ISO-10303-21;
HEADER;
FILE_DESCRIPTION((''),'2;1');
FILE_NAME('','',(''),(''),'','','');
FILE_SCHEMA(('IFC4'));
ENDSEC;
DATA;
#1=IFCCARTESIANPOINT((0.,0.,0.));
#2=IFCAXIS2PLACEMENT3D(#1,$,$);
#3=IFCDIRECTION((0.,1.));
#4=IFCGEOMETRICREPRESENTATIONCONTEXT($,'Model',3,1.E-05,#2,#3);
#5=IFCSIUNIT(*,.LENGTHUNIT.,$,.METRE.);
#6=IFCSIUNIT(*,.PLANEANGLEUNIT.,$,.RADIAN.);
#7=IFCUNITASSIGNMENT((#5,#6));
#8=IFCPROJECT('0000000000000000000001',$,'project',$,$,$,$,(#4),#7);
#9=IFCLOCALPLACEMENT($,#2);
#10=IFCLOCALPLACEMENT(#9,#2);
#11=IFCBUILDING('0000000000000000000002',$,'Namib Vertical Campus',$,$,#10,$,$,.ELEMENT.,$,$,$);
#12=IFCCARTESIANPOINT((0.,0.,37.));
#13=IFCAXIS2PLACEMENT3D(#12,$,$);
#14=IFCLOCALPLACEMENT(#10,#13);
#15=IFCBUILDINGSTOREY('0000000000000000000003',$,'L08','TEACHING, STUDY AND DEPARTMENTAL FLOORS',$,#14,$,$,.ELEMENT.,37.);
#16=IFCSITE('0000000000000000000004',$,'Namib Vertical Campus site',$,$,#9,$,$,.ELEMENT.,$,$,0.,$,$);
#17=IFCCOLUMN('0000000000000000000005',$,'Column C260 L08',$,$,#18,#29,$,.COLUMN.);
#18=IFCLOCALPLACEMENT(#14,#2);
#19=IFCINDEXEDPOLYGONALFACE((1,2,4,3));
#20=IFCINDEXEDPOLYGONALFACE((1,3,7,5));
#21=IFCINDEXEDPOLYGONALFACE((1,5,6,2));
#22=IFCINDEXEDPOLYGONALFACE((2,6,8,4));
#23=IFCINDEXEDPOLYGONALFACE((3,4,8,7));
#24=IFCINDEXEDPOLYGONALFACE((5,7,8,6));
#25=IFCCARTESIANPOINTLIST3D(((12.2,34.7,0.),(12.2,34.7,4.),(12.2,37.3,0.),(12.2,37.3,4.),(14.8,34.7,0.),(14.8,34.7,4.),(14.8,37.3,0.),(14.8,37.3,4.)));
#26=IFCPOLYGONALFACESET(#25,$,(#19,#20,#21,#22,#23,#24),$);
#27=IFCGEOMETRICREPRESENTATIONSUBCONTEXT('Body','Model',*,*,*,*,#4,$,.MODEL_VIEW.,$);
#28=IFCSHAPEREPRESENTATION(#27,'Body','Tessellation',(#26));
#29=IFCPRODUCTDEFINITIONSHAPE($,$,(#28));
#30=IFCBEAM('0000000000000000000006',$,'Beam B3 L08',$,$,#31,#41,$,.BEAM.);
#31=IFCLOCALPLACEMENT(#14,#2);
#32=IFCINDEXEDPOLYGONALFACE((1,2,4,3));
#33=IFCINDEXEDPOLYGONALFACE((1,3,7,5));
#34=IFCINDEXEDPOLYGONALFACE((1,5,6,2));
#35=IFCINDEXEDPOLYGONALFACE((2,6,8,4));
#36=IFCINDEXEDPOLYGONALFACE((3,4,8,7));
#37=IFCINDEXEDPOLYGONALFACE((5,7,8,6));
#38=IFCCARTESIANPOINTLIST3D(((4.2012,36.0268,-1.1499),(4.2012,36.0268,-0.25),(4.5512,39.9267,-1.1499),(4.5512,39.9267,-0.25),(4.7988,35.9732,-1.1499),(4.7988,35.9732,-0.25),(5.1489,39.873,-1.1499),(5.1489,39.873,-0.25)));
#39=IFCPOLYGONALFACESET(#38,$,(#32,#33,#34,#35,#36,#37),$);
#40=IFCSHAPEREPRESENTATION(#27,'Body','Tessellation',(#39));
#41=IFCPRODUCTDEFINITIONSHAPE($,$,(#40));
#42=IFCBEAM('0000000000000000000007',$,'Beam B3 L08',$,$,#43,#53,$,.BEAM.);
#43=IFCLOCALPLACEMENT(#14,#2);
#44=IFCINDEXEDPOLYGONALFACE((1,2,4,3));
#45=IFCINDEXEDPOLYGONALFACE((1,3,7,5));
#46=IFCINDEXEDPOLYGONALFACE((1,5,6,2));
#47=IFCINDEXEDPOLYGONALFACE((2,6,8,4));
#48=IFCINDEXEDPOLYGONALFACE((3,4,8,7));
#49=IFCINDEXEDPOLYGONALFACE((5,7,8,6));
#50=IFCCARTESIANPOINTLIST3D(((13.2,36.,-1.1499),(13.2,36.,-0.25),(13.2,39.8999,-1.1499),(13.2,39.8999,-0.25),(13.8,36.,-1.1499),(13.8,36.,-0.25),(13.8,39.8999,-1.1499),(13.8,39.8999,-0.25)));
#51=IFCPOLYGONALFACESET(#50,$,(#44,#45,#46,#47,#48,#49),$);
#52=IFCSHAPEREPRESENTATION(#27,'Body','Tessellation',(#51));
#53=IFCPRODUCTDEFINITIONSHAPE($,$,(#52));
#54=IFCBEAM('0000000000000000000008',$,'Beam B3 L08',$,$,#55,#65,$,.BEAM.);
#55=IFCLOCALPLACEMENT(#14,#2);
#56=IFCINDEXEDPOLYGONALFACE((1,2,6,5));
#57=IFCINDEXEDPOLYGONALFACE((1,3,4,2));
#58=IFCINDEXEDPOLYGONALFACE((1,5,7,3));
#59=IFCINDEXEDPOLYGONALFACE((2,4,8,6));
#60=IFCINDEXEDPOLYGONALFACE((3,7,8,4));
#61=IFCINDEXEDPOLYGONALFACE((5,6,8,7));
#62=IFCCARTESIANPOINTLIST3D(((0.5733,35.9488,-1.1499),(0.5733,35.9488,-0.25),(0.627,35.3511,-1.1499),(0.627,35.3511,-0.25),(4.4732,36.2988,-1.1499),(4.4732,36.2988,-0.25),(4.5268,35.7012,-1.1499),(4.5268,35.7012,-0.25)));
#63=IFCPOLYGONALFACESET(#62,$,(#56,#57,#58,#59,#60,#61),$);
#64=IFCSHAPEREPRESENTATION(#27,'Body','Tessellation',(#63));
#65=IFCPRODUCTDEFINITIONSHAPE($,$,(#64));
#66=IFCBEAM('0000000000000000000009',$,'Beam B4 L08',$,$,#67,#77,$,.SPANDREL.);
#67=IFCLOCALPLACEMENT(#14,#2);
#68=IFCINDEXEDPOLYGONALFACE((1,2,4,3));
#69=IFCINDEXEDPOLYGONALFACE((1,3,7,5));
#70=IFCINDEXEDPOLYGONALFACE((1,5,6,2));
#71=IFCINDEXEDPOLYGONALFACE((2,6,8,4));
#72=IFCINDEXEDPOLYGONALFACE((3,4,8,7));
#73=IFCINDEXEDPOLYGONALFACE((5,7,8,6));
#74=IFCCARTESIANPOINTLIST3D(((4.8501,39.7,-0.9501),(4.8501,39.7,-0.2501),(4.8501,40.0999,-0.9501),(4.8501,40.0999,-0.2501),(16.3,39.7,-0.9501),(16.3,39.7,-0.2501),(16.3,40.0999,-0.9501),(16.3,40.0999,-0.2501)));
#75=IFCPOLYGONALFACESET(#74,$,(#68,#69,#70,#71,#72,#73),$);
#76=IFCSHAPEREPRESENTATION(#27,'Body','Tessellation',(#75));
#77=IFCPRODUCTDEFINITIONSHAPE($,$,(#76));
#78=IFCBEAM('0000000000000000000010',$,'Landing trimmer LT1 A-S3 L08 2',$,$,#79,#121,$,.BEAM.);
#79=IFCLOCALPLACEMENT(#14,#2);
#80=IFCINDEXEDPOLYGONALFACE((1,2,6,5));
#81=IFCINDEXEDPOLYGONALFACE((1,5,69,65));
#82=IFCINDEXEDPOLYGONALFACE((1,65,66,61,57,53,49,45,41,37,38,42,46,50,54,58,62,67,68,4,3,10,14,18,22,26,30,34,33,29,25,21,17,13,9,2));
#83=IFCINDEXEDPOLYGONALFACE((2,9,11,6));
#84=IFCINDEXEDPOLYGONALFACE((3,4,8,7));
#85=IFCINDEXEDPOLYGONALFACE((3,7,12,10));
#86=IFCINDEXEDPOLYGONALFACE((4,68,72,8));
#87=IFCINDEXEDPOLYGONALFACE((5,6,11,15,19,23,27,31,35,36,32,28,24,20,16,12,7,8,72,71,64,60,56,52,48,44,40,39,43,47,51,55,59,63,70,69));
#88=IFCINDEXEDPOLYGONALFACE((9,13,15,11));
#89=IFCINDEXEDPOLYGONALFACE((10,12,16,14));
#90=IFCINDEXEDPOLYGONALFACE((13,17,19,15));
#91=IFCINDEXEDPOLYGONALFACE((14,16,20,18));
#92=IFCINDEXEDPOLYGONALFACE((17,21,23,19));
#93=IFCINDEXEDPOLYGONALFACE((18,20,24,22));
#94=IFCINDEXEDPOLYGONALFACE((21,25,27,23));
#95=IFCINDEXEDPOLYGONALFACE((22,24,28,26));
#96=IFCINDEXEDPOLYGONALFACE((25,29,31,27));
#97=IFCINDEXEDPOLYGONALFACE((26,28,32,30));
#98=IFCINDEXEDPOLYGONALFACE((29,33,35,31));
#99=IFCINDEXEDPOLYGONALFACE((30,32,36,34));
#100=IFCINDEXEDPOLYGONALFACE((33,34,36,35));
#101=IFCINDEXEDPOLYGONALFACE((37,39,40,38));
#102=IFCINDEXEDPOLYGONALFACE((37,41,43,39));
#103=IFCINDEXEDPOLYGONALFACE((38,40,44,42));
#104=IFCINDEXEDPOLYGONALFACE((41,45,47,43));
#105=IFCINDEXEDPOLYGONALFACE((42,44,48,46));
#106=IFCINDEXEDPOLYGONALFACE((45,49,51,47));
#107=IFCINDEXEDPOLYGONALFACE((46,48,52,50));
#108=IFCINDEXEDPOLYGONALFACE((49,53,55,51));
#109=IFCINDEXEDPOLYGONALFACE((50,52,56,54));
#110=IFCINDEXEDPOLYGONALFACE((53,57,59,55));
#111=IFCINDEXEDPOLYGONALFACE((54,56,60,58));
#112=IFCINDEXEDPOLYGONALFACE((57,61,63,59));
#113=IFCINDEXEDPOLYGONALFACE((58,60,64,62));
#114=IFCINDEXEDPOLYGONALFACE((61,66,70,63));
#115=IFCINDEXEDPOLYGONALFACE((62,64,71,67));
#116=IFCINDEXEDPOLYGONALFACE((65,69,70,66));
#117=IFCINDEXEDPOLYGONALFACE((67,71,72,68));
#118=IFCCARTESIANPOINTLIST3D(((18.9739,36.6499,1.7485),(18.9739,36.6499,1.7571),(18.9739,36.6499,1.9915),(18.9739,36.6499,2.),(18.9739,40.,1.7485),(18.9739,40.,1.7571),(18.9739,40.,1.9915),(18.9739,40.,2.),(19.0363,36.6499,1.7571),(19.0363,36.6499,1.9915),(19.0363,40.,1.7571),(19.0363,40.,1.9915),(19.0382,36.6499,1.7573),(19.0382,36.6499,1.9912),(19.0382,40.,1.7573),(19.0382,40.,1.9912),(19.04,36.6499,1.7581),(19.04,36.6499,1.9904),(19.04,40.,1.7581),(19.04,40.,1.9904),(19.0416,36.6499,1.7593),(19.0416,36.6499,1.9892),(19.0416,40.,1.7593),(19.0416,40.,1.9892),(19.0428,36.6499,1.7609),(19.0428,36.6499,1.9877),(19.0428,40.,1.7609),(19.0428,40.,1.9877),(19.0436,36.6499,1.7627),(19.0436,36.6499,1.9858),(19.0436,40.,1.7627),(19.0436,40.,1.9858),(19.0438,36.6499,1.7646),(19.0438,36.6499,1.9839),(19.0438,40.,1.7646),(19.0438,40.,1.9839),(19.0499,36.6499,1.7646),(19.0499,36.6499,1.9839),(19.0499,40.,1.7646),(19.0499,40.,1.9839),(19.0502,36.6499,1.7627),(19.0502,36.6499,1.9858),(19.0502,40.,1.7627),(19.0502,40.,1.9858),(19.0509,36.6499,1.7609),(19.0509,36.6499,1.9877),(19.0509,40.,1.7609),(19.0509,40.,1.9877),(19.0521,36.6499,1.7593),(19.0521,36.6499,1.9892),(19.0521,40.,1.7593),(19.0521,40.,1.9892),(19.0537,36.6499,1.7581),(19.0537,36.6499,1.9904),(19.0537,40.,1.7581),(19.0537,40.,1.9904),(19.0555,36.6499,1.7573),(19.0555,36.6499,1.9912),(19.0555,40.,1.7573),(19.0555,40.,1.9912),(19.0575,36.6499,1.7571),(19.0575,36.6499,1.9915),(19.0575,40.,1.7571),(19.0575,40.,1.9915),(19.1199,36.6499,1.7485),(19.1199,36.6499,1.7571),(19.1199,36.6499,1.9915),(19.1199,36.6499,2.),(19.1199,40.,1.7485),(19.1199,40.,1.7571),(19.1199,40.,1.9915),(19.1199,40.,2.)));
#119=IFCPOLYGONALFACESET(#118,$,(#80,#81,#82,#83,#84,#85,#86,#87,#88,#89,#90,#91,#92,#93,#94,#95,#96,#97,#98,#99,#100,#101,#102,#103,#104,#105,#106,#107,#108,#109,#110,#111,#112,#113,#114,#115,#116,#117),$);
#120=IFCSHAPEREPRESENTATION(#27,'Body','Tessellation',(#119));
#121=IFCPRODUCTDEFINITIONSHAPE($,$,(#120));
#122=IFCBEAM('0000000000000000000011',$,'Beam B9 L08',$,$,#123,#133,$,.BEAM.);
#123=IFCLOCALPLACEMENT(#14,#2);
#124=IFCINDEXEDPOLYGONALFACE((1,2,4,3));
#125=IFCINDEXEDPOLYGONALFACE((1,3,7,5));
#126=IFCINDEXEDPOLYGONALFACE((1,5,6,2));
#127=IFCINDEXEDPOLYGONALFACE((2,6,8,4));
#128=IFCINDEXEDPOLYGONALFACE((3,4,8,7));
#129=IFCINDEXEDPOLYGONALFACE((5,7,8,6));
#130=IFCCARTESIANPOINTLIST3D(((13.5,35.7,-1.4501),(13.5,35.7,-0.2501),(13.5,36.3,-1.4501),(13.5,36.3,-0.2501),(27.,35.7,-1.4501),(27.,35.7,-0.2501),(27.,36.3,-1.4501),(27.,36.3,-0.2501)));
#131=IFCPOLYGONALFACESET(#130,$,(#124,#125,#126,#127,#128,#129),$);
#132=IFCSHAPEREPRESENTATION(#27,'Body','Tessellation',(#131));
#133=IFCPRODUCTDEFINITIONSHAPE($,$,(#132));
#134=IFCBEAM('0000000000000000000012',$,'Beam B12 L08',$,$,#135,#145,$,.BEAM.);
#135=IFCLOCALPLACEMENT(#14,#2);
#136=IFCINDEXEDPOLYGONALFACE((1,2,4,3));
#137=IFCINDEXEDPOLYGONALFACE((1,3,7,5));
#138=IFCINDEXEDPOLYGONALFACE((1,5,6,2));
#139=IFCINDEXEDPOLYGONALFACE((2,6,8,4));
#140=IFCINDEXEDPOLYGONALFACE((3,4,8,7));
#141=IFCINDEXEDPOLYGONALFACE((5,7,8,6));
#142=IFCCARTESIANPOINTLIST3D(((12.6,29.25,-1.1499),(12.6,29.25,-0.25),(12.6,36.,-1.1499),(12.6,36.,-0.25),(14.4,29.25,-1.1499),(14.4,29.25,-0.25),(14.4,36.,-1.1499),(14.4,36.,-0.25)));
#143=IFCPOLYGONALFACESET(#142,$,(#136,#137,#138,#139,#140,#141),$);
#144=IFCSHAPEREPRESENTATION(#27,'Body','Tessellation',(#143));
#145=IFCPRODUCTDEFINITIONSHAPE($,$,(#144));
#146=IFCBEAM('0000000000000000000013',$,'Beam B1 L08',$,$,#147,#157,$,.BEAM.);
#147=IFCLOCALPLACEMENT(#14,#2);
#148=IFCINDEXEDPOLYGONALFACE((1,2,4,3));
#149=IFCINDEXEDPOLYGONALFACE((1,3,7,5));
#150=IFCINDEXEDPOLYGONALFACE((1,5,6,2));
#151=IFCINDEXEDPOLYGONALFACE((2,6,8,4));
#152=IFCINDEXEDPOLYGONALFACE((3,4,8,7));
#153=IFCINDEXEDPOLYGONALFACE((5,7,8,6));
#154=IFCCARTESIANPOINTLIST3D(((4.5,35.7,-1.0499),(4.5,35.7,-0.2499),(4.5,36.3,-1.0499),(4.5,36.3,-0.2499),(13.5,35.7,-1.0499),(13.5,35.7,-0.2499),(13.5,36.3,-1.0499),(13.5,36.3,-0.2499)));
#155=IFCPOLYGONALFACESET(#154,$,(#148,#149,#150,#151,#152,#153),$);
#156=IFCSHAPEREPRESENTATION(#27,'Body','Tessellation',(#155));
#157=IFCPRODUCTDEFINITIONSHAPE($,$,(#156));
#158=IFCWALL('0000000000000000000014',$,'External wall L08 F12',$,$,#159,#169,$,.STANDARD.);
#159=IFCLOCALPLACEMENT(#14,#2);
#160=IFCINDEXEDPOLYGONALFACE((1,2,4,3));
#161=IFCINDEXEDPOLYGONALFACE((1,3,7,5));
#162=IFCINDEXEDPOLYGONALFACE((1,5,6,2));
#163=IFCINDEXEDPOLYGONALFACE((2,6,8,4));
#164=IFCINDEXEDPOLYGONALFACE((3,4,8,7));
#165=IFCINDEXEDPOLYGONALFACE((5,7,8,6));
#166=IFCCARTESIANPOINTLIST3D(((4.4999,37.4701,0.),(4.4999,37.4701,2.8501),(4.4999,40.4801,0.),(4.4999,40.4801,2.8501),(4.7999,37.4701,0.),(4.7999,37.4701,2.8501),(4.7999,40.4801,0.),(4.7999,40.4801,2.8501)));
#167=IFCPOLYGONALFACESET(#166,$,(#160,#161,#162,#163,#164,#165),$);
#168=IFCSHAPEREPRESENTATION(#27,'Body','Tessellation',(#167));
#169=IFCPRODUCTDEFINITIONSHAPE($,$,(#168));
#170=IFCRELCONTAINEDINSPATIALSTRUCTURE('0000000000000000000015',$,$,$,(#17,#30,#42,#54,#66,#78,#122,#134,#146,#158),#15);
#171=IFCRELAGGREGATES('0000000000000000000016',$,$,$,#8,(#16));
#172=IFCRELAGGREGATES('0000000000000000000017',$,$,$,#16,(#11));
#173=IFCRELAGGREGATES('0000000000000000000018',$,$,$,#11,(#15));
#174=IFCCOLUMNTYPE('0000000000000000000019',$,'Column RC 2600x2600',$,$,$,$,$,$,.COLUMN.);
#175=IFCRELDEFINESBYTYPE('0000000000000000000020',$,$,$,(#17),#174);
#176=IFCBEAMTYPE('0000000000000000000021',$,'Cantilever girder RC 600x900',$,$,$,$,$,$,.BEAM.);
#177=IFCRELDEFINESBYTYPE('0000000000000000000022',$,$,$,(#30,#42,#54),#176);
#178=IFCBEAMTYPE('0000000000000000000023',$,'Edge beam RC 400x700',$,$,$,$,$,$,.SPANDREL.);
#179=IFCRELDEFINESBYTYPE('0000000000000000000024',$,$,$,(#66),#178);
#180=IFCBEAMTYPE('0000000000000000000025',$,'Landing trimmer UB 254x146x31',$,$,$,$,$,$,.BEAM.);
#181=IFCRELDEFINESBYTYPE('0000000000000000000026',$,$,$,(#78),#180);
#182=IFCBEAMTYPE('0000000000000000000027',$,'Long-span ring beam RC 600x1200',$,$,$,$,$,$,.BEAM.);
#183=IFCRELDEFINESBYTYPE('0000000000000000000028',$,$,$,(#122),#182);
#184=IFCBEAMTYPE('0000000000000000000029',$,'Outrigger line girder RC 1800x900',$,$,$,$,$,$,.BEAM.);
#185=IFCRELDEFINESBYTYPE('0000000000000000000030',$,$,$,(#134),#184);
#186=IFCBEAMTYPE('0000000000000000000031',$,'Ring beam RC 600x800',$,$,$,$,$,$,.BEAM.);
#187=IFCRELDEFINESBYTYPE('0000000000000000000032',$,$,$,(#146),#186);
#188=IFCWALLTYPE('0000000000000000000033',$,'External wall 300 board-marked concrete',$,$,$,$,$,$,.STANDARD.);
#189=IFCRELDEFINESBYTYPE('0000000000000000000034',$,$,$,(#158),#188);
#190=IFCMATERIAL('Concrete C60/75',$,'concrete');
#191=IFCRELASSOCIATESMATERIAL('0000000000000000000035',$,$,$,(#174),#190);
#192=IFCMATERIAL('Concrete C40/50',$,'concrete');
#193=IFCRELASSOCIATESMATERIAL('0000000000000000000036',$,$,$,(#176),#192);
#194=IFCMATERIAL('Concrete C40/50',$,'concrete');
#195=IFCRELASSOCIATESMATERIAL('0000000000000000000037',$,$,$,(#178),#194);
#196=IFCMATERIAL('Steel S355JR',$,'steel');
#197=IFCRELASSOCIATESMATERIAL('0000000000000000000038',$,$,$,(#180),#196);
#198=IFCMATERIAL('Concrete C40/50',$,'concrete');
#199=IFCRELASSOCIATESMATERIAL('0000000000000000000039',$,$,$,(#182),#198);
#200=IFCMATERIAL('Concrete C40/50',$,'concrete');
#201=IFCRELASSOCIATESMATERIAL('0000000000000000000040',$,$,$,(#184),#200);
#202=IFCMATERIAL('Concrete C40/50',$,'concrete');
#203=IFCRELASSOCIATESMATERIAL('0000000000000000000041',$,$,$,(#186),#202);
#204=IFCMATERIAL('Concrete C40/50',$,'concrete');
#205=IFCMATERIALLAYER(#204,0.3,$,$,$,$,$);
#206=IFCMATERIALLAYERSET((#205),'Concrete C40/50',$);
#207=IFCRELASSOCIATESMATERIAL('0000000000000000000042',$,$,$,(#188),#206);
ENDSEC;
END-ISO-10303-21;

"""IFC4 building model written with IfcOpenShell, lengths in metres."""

from ifc_helpers import new_model, si_unit, direction, frame, frame_2d, origin, origin_2d, place, context, subcontext, project, spatial, rectangle, i_section, extrude, material, layer, layer_set, material_profile, profile_set, type_object, element, save


model = new_model("IFC4")

# Units and contexts
model_context = context("Model", 3, precision=1e-05, world=origin(), true_north=direction((0.0, 1.0)))
body_context = subcontext(model_context, "Body", "Model", "MODEL_VIEW")
ifc_project = project(units=[si_unit("LENGTHUNIT", "METRE"), si_unit("PLANEANGLEUNIT", "RADIAN")], contexts=[model_context])

# Site, building, storey
site_placement = place(None, origin())
site = spatial("IfcSite", under=ifc_project, at=site_placement, Name="Namib Vertical Campus site", CompositionType="ELEMENT", RefElevation=0.0)
building_placement = place(site_placement, origin())
building = spatial("IfcBuilding", under=site, at=building_placement, Name="Namib Vertical Campus", CompositionType="ELEMENT")
storey_placement = place(building_placement, frame((0.0, 0.0, 37.0)))
storey = spatial("IfcBuildingStorey", under=building, at=storey_placement, Name="L08", Description="TEACHING, STUDY AND DEPARTMENTAL FLOORS", CompositionType="ELEMENT", Elevation=37.0)

# Column
ifc_material_1 = material(Name="Concrete C60/75", Category="concrete")
ifc_material_profile_1 = material_profile(ifc_material_1, rectangle(XDim=2.6001, YDim=2.6001, at=origin_2d()))
ifc_profile_set_1 = profile_set([ifc_material_profile_1], Name="Concrete C60/75")
column_type = type_object("IfcColumnType", Name="Column RC 2600x2600", PredefinedType="COLUMN", material=ifc_profile_set_1)
column_placement = place(storey_placement, frame((13.5, 36.0, 0.0), z_axis=(0.0, 0.0, 1.0), x_axis=(1.0, 0.0, 0.0)))
element("IfcColumn", 1, at=column_placement, inside=storey, type_object=column_type, Name="Column C260 L08", PredefinedType="COLUMN", context=body_context, shape_type="SweptSolid", body=[
    extrude(rectangle(XDim=2.6001, YDim=2.6001, at=origin_2d()), origin(), (0.0, 0.0, 1.0), 4.0),
])

# Beams
ifc_material_2 = material(Name="Concrete C40/50", Category="concrete")
ifc_material_profile_2 = material_profile(ifc_material_2, rectangle(XDim=0.6001, YDim=0.8999, at=origin_2d()))
ifc_profile_set_2 = profile_set([ifc_material_profile_2], Name="Concrete C40/50")
beam_type_1 = type_object("IfcBeamType", Name="Cantilever girder RC 600x900", PredefinedType="BEAM", material=ifc_profile_set_2)
beam_1_placement = place(storey_placement, frame((4.5, 36.0, -0.7), z_axis=(0.089411, 0.995995, 0.0), x_axis=(-0.995995, 0.089411, 0.0)))
element("IfcBeam", 2, at=beam_1_placement, inside=storey, type_object=beam_type_1, Name="Beam B3 L08", PredefinedType="BEAM", context=body_context, shape_type="SweptSolid", body=[
    extrude(rectangle(XDim=0.6001, YDim=0.8999, at=origin_2d()), origin(), (0.0, 0.0, 1.0), 3.9155),
])
beam_2_placement = place(storey_placement, frame((13.5, 36.0, -0.7), z_axis=(0.0, 1.0, 0.0), x_axis=(-1.0, 0.0, 0.0)))
element("IfcBeam", 3, at=beam_2_placement, inside=storey, type_object=beam_type_1, Name="Beam B3 L08", PredefinedType="BEAM", context=body_context, shape_type="SweptSolid", body=[
    extrude(rectangle(XDim=0.6001, YDim=0.8999, at=origin_2d()), origin(), (0.0, 0.0, 1.0), 3.8999),
])
beam_3_placement = place(storey_placement, frame((4.5, 36.0, -0.7), z_axis=(-0.995995, -0.089411, 0.0), x_axis=(0.089411, -0.995995, 0.0)))
element("IfcBeam", 4, at=beam_3_placement, inside=storey, type_object=beam_type_1, Name="Beam B3 L08", PredefinedType="BEAM", context=body_context, shape_type="SweptSolid", body=[
    extrude(rectangle(XDim=0.6001, YDim=0.8999, at=origin_2d()), origin(), (0.0, 0.0, 1.0), 3.9155),
])
ifc_material_3 = material(Name="Concrete C40/50", Category="concrete")
ifc_material_profile_3 = material_profile(ifc_material_3, rectangle(XDim=0.3999, YDim=0.7, at=origin_2d()))
ifc_profile_set_3 = profile_set([ifc_material_profile_3], Name="Concrete C40/50")
beam_type_2 = type_object("IfcBeamType", Name="Edge beam RC 400x700", PredefinedType="SPANDREL", material=ifc_profile_set_3)
beam_4_placement = place(storey_placement, frame((4.8501, 39.8999, -0.6001), z_axis=(1.0, 0.0, 0.0), x_axis=(0.0, 1.0, 0.0)))
element("IfcBeam", 5, at=beam_4_placement, inside=storey, type_object=beam_type_2, Name="Beam B4 L08", PredefinedType="SPANDREL", context=body_context, shape_type="SweptSolid", body=[
    extrude(rectangle(XDim=0.3999, YDim=0.7, at=origin_2d()), origin(), (0.0, 0.0, 1.0), 11.45),
])
ifc_material_4 = material(Name="Steel S355JR", Category="steel")
ifc_material_profile_4 = material_profile(ifc_material_4, i_section(OverallWidth=0.146, OverallDepth=0.2515, WebThickness=0.0061, FlangeThickness=0.0085, FilletRadius=0.0076, at=origin_2d()))
ifc_profile_set_4 = profile_set([ifc_material_profile_4], Name="Steel S355JR")
beam_type_3 = type_object("IfcBeamType", Name="Landing trimmer UB 254x146x31", PredefinedType="BEAM", material=ifc_profile_set_4)
beam_5_placement = place(storey_placement, frame((19.0469, 36.6499, 1.8743), z_axis=(0.0, 1.0, 0.0), x_axis=(-1.0, 0.0, 0.0)))
element("IfcBeam", 6, at=beam_5_placement, inside=storey, type_object=beam_type_3, Name="Landing trimmer LT1 A-S3 L08 2", PredefinedType="BEAM", context=body_context, shape_type="SweptSolid", body=[
    extrude(i_section(OverallWidth=0.146, OverallDepth=0.2515, WebThickness=0.0061, FlangeThickness=0.0085, FilletRadius=0.0076, at=origin_2d()), origin(), (0.0, 0.0, 1.0), 3.3501),
])
ifc_material_5 = material(Name="Concrete C40/50", Category="concrete")
ifc_material_profile_5 = material_profile(ifc_material_5, rectangle(XDim=0.6001, YDim=1.2, at=origin_2d()))
ifc_profile_set_5 = profile_set([ifc_material_profile_5], Name="Concrete C40/50")
beam_type_4 = type_object("IfcBeamType", Name="Long-span ring beam RC 600x1200", PredefinedType="BEAM", material=ifc_profile_set_5)
beam_6_placement = place(storey_placement, frame((13.5, 36.0, -0.8501), z_axis=(1.0, 0.0, 0.0), x_axis=(0.0, 1.0, 0.0)))
element("IfcBeam", 7, at=beam_6_placement, inside=storey, type_object=beam_type_4, Name="Beam B9 L08", PredefinedType="BEAM", context=body_context, shape_type="SweptSolid", body=[
    extrude(rectangle(XDim=0.6001, YDim=1.2, at=origin_2d()), origin(), (0.0, 0.0, 1.0), 13.5),
])
ifc_material_6 = material(Name="Concrete C40/50", Category="concrete")
ifc_material_profile_6 = material_profile(ifc_material_6, rectangle(XDim=1.8, YDim=0.8999, at=origin_2d()))
ifc_profile_set_6 = profile_set([ifc_material_profile_6], Name="Concrete C40/50")
beam_type_5 = type_object("IfcBeamType", Name="Outrigger line girder RC 1800x900", PredefinedType="BEAM", material=ifc_profile_set_6)
beam_7_placement = place(storey_placement, frame((13.5, 36.0, -0.7), z_axis=(0.0, -1.0, 0.0), x_axis=(1.0, 0.0, 0.0)))
element("IfcBeam", 8, at=beam_7_placement, inside=storey, type_object=beam_type_5, Name="Beam B12 L08", PredefinedType="BEAM", context=body_context, shape_type="SweptSolid", body=[
    extrude(rectangle(XDim=1.8, YDim=0.8999, at=origin_2d()), origin(), (0.0, 0.0, 1.0), 6.75),
])
ifc_material_7 = material(Name="Concrete C40/50", Category="concrete")
ifc_material_profile_7 = material_profile(ifc_material_7, rectangle(XDim=0.6001, YDim=0.8, at=origin_2d()))
ifc_profile_set_7 = profile_set([ifc_material_profile_7], Name="Concrete C40/50")
beam_type_6 = type_object("IfcBeamType", Name="Ring beam RC 600x800", PredefinedType="BEAM", material=ifc_profile_set_7)
beam_8_placement = place(storey_placement, frame((4.5, 36.0, -0.6499), z_axis=(1.0, 0.0, 0.0), x_axis=(0.0, 1.0, 0.0)))
element("IfcBeam", 9, at=beam_8_placement, inside=storey, type_object=beam_type_6, Name="Beam B1 L08", PredefinedType="BEAM", context=body_context, shape_type="SweptSolid", body=[
    extrude(rectangle(XDim=0.6001, YDim=0.8, at=origin_2d()), origin(), (0.0, 0.0, 1.0), 9.0),
])

# Wall
ifc_material_8 = material(Name="Concrete C40/50", Category="concrete")
ifc_layer_1 = layer(ifc_material_8, 0.3)
ifc_layer_set_1 = layer_set([ifc_layer_1], Name="Concrete C40/50")
wall_type_1 = type_object("IfcWallType", Name="External wall 300 board-marked concrete", PredefinedType="STANDARD", material=ifc_layer_set_1)
wall_1_placement = place(storey_placement, frame((4.6499, 40.48, 0.0), z_axis=(0.0, 0.0, 1.0), x_axis=(0.0, -1.0, 0.0)))
element("IfcWall", 10, at=wall_1_placement, inside=storey, type_object=wall_type_1, Name="External wall L08 F12", PredefinedType="STANDARD", context=body_context, shape_type="SweptSolid", body=[
    extrude(rectangle(XDim=3.01, YDim=0.3, at=frame_2d((1.5049, 0.0))), origin(), (0.0, 0.0, 1.0), 2.8501),
])

save(model, "model.ifc")
